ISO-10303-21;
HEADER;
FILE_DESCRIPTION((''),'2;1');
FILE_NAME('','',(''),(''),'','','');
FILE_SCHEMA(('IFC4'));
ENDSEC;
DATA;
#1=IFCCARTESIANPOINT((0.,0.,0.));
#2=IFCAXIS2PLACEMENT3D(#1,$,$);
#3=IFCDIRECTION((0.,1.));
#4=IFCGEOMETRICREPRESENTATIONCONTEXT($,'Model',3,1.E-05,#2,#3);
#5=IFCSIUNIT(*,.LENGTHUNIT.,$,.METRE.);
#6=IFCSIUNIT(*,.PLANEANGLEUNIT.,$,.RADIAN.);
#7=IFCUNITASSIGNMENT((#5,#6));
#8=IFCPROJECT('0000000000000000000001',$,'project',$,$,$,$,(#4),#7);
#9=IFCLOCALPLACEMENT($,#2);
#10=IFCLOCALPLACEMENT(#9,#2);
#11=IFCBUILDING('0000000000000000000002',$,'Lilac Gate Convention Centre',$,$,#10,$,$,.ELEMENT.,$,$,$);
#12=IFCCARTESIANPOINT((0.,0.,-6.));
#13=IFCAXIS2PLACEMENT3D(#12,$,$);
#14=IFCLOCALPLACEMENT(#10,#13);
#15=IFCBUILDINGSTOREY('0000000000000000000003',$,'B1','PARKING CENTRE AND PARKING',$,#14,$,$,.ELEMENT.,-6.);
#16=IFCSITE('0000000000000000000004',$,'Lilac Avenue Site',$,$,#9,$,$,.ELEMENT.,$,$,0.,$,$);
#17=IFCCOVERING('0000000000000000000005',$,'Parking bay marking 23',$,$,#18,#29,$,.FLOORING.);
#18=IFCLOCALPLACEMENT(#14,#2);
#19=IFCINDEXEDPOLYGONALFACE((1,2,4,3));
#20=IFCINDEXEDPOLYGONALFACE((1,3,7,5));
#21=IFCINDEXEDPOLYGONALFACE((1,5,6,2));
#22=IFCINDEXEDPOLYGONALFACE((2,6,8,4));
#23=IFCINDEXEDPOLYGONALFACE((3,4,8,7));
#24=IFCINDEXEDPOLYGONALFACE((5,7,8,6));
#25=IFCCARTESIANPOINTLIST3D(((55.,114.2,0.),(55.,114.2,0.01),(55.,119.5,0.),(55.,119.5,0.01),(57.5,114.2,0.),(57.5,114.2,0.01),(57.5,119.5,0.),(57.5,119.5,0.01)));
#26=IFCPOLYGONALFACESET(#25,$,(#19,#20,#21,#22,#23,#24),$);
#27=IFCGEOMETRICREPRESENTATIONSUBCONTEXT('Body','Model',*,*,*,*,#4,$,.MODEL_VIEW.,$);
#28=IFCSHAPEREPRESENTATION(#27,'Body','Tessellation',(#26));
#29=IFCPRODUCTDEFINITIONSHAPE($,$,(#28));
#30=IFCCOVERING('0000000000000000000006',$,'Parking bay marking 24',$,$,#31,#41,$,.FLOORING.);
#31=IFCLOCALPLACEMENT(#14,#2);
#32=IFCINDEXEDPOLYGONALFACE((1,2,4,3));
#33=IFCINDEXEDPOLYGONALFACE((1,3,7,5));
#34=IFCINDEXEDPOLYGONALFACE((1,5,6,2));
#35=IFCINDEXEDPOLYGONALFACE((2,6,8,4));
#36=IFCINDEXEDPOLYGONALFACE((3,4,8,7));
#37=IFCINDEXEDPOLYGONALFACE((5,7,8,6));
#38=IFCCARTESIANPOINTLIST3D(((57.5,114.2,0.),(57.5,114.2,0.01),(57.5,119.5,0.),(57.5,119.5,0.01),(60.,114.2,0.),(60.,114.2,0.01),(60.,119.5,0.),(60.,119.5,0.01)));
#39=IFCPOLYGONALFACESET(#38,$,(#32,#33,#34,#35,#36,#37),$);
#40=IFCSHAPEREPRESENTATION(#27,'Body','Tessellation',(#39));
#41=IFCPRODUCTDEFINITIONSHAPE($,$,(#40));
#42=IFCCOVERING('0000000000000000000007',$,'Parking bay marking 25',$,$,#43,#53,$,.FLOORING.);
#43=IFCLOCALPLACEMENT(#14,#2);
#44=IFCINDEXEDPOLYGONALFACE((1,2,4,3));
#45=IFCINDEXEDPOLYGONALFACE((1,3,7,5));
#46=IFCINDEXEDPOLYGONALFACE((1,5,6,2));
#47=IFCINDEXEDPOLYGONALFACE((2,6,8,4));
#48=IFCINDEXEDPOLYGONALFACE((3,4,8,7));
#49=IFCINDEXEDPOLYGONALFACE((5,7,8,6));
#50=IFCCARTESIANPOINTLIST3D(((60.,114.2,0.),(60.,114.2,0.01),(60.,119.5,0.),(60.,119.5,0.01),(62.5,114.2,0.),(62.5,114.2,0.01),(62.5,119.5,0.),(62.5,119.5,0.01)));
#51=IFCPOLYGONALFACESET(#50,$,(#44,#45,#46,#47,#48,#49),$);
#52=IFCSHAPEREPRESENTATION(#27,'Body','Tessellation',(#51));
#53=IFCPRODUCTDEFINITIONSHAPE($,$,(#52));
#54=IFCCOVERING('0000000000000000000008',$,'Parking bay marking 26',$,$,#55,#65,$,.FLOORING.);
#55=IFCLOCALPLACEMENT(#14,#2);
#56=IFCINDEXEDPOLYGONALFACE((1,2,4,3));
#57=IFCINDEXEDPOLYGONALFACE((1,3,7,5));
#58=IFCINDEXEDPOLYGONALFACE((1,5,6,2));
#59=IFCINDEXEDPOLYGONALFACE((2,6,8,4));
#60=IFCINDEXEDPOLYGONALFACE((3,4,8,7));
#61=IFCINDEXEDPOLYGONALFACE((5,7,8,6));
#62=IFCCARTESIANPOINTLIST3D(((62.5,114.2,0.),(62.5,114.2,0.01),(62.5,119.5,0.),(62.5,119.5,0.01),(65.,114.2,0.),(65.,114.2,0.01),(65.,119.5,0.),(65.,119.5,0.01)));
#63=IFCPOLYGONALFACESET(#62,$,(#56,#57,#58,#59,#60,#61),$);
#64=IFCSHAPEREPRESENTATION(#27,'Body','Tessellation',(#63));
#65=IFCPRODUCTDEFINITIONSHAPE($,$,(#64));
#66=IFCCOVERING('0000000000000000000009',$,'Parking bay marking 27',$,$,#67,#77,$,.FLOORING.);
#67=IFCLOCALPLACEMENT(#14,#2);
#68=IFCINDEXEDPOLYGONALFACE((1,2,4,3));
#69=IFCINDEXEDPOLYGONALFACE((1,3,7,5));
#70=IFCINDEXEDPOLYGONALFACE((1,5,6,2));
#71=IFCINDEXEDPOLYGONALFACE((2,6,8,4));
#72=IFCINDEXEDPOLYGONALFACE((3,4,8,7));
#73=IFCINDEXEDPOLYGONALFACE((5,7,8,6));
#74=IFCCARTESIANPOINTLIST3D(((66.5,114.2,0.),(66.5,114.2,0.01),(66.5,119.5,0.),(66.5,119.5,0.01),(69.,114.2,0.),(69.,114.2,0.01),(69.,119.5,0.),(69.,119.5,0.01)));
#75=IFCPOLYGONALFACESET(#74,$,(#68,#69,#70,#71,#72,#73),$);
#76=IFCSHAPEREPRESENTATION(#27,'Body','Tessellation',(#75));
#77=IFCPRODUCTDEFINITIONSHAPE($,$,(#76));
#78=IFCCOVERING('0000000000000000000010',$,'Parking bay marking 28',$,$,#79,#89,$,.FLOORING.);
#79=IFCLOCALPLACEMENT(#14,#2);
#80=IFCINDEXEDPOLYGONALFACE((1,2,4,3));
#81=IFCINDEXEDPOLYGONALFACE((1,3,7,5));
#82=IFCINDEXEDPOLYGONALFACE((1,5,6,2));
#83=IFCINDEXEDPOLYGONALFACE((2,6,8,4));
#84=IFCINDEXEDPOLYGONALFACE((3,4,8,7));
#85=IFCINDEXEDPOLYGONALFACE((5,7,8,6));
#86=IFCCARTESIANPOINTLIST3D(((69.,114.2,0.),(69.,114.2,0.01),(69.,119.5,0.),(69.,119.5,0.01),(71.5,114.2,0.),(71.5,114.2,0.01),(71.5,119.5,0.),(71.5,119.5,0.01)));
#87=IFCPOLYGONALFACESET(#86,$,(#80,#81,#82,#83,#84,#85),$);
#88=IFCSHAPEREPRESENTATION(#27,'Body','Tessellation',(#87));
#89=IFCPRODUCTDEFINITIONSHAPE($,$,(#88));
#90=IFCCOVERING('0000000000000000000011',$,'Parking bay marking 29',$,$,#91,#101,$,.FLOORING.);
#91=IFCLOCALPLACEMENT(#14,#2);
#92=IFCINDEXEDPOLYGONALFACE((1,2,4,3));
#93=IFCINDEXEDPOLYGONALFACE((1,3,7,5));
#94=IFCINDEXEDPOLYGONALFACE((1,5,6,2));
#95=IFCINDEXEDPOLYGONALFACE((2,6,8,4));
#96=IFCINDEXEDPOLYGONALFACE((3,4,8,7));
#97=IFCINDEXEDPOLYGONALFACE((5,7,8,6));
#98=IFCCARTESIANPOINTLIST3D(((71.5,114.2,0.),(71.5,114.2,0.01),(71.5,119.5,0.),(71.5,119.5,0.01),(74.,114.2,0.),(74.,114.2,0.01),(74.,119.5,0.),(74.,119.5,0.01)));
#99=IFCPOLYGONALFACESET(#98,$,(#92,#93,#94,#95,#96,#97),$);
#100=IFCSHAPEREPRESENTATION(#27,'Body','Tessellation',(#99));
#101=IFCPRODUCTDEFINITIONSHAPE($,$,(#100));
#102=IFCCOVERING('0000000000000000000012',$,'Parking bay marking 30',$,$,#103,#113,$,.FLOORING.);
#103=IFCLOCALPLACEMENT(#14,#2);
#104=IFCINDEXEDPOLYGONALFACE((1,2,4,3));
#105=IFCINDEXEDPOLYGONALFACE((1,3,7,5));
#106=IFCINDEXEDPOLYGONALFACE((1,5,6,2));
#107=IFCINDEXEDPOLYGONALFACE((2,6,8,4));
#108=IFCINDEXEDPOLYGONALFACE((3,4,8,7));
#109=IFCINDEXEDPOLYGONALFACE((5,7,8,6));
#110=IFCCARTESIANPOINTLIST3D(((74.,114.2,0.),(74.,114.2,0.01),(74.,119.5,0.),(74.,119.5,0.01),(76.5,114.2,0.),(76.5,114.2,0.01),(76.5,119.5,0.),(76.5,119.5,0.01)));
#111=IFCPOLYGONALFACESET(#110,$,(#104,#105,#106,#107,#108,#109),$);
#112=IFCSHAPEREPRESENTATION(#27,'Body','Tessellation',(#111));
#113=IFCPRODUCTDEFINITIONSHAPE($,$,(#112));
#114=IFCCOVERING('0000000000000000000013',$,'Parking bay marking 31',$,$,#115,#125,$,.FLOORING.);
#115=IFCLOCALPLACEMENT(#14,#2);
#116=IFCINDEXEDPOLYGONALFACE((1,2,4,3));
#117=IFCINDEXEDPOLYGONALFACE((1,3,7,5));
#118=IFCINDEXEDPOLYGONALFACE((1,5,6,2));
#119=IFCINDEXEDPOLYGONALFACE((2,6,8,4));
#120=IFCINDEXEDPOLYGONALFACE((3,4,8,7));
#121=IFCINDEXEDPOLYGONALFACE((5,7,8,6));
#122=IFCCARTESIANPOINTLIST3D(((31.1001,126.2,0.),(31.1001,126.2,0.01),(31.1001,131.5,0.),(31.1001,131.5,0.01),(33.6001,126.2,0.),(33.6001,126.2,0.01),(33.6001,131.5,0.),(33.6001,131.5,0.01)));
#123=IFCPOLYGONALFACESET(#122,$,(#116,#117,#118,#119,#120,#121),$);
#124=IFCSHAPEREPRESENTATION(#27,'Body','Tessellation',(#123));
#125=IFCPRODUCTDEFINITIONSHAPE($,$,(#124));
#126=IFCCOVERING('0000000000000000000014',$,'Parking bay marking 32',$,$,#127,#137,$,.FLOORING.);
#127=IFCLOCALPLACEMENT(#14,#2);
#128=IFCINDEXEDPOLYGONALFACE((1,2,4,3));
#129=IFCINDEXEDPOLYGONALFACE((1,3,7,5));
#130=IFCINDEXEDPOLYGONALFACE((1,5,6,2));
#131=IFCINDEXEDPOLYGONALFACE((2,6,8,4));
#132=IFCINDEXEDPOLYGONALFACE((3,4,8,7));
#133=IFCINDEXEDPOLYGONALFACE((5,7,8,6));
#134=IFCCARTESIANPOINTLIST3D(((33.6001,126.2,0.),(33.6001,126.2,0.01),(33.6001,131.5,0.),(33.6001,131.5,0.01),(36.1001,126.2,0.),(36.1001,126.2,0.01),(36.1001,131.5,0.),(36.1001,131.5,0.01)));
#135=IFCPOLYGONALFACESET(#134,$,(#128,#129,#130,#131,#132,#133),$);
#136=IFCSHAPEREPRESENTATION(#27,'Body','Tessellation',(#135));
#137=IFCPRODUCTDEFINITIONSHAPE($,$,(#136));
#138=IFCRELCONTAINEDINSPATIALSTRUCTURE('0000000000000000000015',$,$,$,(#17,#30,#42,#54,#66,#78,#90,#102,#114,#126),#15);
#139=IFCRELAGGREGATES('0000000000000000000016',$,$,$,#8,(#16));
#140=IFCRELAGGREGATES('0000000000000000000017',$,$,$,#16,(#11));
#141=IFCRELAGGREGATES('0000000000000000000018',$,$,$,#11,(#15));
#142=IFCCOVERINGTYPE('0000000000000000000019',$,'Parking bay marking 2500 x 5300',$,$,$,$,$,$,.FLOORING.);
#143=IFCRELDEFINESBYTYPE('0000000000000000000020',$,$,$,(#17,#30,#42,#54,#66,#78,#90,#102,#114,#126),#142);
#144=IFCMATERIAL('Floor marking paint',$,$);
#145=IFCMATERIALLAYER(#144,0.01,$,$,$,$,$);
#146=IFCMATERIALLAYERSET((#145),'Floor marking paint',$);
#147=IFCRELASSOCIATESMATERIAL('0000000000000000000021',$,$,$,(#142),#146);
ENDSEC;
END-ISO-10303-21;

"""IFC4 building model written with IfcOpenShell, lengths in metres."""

from ifc_helpers import new_model, si_unit, direction, frame, origin, place, context, subcontext, project, spatial, polyline, outline, extrude, material, layer, layer_set, type_object, element, save


model = new_model("IFC4")

# Units and contexts
model_context = context("Model", 3, precision=1e-05, world=origin(), true_north=direction((0.0, 1.0)))
body_context = subcontext(model_context, "Body", "Model", "MODEL_VIEW")
ifc_project = project(units=[si_unit("LENGTHUNIT", "METRE"), si_unit("PLANEANGLEUNIT", "RADIAN")], contexts=[model_context])

# Site, building, storey
site_placement = place(None, origin())
site = spatial("IfcSite", under=ifc_project, at=site_placement, Name="Lilac Avenue Site", CompositionType="ELEMENT", RefElevation=0.0)
building_placement = place(site_placement, origin())
building = spatial("IfcBuilding", under=site, at=building_placement, Name="Lilac Gate Convention Centre", CompositionType="ELEMENT")
storey_placement = place(building_placement, frame((0.0, 0.0, -6.0)))
storey = spatial("IfcBuildingStorey", under=building, at=storey_placement, Name="B1", Description="PARKING CENTRE AND PARKING", CompositionType="ELEMENT", Elevation=-6.0)

# Coverings
ifc_material = material(Name="Floor marking paint")
ifc_layer_1 = layer(ifc_material, 0.01)
ifc_layer_set_1 = layer_set([ifc_layer_1], Name="Floor marking paint")
covering_type_1 = type_object("IfcCoveringType", Name="Parking bay marking 2500 x 5300", PredefinedType="FLOORING", material=ifc_layer_set_1)
covering_1_placement = place(storey_placement, origin())
element("IfcCovering", 1, at=covering_1_placement, inside=storey, type_object=covering_type_1, Name="Parking bay marking 23", PredefinedType="FLOORING", context=body_context, shape_type="SweptSolid", body=[
    extrude(outline(polyline([(55.0, 114.2), (57.5, 114.2), (57.5, 119.5), (55.0, 119.5), (55.0, 114.2)])), origin(), (0.0, 0.0, 1.0), 0.01),
])
covering_2_placement = place(storey_placement, origin())
element("IfcCovering", 2, at=covering_2_placement, inside=storey, type_object=covering_type_1, Name="Parking bay marking 24", PredefinedType="FLOORING", context=body_context, shape_type="SweptSolid", body=[
    extrude(outline(polyline([(57.5, 114.2), (60.0, 114.2), (60.0, 119.5), (57.5, 119.5), (57.5, 114.2)])), origin(), (0.0, 0.0, 1.0), 0.01),
])
covering_3_placement = place(storey_placement, origin())
element("IfcCovering", 3, at=covering_3_placement, inside=storey, type_object=covering_type_1, Name="Parking bay marking 25", PredefinedType="FLOORING", context=body_context, shape_type="SweptSolid", body=[
    extrude(outline(polyline([(60.0, 114.2), (62.5, 114.2), (62.5, 119.5), (60.0, 119.5), (60.0, 114.2)])), origin(), (0.0, 0.0, 1.0), 0.01),
])
covering_4_placement = place(storey_placement, origin())
element("IfcCovering", 4, at=covering_4_placement, inside=storey, type_object=covering_type_1, Name="Parking bay marking 26", PredefinedType="FLOORING", context=body_context, shape_type="SweptSolid", body=[
    extrude(outline(polyline([(62.5, 114.2), (65.0, 114.2), (65.0, 119.5), (62.5, 119.5), (62.5, 114.2)])), origin(), (0.0, 0.0, 1.0), 0.01),
])
covering_5_placement = place(storey_placement, origin())
element("IfcCovering", 5, at=covering_5_placement, inside=storey, type_object=covering_type_1, Name="Parking bay marking 27", PredefinedType="FLOORING", context=body_context, shape_type="SweptSolid", body=[
    extrude(outline(polyline([(66.5, 114.2), (69.0, 114.2), (69.0, 119.5), (66.5, 119.5), (66.5, 114.2)])), origin(), (0.0, 0.0, 1.0), 0.01),
])
covering_6_placement = place(storey_placement, origin())
element("IfcCovering", 6, at=covering_6_placement, inside=storey, type_object=covering_type_1, Name="Parking bay marking 28", PredefinedType="FLOORING", context=body_context, shape_type="SweptSolid", body=[
    extrude(outline(polyline([(69.0, 114.2), (71.5, 114.2), (71.5, 119.5), (69.0, 119.5), (69.0, 114.2)])), origin(), (0.0, 0.0, 1.0), 0.01),
])
covering_7_placement = place(storey_placement, origin())
element("IfcCovering", 7, at=covering_7_placement, inside=storey, type_object=covering_type_1, Name="Parking bay marking 29", PredefinedType="FLOORING", context=body_context, shape_type="SweptSolid", body=[
    extrude(outline(polyline([(71.5, 114.2), (74.0, 114.2), (74.0, 119.5), (71.5, 119.5), (71.5, 114.2)])), origin(), (0.0, 0.0, 1.0), 0.01),
])
covering_8_placement = place(storey_placement, origin())
element("IfcCovering", 8, at=covering_8_placement, inside=storey, type_object=covering_type_1, Name="Parking bay marking 30", PredefinedType="FLOORING", context=body_context, shape_type="SweptSolid", body=[
    extrude(outline(polyline([(74.0, 114.2), (76.5, 114.2), (76.5, 119.5), (74.0, 119.5), (74.0, 114.2)])), origin(), (0.0, 0.0, 1.0), 0.01),
])
covering_9_placement = place(storey_placement, origin())
element("IfcCovering", 9, at=covering_9_placement, inside=storey, type_object=covering_type_1, Name="Parking bay marking 31", PredefinedType="FLOORING", context=body_context, shape_type="SweptSolid", body=[
    extrude(outline(polyline([(31.1001, 126.2), (33.6001, 126.2), (33.6001, 131.5), (31.1001, 131.5), (31.1001, 126.2)])), origin(), (0.0, 0.0, 1.0), 0.01),
])
covering_10_placement = place(storey_placement, origin())
element("IfcCovering", 10, at=covering_10_placement, inside=storey, type_object=covering_type_1, Name="Parking bay marking 32", PredefinedType="FLOORING", context=body_context, shape_type="SweptSolid", body=[
    extrude(outline(polyline([(33.6001, 126.2), (36.1001, 126.2), (36.1001, 131.5), (33.6001, 131.5), (33.6001, 126.2)])), origin(), (0.0, 0.0, 1.0), 0.01),
])

save(model, "model.ifc")
